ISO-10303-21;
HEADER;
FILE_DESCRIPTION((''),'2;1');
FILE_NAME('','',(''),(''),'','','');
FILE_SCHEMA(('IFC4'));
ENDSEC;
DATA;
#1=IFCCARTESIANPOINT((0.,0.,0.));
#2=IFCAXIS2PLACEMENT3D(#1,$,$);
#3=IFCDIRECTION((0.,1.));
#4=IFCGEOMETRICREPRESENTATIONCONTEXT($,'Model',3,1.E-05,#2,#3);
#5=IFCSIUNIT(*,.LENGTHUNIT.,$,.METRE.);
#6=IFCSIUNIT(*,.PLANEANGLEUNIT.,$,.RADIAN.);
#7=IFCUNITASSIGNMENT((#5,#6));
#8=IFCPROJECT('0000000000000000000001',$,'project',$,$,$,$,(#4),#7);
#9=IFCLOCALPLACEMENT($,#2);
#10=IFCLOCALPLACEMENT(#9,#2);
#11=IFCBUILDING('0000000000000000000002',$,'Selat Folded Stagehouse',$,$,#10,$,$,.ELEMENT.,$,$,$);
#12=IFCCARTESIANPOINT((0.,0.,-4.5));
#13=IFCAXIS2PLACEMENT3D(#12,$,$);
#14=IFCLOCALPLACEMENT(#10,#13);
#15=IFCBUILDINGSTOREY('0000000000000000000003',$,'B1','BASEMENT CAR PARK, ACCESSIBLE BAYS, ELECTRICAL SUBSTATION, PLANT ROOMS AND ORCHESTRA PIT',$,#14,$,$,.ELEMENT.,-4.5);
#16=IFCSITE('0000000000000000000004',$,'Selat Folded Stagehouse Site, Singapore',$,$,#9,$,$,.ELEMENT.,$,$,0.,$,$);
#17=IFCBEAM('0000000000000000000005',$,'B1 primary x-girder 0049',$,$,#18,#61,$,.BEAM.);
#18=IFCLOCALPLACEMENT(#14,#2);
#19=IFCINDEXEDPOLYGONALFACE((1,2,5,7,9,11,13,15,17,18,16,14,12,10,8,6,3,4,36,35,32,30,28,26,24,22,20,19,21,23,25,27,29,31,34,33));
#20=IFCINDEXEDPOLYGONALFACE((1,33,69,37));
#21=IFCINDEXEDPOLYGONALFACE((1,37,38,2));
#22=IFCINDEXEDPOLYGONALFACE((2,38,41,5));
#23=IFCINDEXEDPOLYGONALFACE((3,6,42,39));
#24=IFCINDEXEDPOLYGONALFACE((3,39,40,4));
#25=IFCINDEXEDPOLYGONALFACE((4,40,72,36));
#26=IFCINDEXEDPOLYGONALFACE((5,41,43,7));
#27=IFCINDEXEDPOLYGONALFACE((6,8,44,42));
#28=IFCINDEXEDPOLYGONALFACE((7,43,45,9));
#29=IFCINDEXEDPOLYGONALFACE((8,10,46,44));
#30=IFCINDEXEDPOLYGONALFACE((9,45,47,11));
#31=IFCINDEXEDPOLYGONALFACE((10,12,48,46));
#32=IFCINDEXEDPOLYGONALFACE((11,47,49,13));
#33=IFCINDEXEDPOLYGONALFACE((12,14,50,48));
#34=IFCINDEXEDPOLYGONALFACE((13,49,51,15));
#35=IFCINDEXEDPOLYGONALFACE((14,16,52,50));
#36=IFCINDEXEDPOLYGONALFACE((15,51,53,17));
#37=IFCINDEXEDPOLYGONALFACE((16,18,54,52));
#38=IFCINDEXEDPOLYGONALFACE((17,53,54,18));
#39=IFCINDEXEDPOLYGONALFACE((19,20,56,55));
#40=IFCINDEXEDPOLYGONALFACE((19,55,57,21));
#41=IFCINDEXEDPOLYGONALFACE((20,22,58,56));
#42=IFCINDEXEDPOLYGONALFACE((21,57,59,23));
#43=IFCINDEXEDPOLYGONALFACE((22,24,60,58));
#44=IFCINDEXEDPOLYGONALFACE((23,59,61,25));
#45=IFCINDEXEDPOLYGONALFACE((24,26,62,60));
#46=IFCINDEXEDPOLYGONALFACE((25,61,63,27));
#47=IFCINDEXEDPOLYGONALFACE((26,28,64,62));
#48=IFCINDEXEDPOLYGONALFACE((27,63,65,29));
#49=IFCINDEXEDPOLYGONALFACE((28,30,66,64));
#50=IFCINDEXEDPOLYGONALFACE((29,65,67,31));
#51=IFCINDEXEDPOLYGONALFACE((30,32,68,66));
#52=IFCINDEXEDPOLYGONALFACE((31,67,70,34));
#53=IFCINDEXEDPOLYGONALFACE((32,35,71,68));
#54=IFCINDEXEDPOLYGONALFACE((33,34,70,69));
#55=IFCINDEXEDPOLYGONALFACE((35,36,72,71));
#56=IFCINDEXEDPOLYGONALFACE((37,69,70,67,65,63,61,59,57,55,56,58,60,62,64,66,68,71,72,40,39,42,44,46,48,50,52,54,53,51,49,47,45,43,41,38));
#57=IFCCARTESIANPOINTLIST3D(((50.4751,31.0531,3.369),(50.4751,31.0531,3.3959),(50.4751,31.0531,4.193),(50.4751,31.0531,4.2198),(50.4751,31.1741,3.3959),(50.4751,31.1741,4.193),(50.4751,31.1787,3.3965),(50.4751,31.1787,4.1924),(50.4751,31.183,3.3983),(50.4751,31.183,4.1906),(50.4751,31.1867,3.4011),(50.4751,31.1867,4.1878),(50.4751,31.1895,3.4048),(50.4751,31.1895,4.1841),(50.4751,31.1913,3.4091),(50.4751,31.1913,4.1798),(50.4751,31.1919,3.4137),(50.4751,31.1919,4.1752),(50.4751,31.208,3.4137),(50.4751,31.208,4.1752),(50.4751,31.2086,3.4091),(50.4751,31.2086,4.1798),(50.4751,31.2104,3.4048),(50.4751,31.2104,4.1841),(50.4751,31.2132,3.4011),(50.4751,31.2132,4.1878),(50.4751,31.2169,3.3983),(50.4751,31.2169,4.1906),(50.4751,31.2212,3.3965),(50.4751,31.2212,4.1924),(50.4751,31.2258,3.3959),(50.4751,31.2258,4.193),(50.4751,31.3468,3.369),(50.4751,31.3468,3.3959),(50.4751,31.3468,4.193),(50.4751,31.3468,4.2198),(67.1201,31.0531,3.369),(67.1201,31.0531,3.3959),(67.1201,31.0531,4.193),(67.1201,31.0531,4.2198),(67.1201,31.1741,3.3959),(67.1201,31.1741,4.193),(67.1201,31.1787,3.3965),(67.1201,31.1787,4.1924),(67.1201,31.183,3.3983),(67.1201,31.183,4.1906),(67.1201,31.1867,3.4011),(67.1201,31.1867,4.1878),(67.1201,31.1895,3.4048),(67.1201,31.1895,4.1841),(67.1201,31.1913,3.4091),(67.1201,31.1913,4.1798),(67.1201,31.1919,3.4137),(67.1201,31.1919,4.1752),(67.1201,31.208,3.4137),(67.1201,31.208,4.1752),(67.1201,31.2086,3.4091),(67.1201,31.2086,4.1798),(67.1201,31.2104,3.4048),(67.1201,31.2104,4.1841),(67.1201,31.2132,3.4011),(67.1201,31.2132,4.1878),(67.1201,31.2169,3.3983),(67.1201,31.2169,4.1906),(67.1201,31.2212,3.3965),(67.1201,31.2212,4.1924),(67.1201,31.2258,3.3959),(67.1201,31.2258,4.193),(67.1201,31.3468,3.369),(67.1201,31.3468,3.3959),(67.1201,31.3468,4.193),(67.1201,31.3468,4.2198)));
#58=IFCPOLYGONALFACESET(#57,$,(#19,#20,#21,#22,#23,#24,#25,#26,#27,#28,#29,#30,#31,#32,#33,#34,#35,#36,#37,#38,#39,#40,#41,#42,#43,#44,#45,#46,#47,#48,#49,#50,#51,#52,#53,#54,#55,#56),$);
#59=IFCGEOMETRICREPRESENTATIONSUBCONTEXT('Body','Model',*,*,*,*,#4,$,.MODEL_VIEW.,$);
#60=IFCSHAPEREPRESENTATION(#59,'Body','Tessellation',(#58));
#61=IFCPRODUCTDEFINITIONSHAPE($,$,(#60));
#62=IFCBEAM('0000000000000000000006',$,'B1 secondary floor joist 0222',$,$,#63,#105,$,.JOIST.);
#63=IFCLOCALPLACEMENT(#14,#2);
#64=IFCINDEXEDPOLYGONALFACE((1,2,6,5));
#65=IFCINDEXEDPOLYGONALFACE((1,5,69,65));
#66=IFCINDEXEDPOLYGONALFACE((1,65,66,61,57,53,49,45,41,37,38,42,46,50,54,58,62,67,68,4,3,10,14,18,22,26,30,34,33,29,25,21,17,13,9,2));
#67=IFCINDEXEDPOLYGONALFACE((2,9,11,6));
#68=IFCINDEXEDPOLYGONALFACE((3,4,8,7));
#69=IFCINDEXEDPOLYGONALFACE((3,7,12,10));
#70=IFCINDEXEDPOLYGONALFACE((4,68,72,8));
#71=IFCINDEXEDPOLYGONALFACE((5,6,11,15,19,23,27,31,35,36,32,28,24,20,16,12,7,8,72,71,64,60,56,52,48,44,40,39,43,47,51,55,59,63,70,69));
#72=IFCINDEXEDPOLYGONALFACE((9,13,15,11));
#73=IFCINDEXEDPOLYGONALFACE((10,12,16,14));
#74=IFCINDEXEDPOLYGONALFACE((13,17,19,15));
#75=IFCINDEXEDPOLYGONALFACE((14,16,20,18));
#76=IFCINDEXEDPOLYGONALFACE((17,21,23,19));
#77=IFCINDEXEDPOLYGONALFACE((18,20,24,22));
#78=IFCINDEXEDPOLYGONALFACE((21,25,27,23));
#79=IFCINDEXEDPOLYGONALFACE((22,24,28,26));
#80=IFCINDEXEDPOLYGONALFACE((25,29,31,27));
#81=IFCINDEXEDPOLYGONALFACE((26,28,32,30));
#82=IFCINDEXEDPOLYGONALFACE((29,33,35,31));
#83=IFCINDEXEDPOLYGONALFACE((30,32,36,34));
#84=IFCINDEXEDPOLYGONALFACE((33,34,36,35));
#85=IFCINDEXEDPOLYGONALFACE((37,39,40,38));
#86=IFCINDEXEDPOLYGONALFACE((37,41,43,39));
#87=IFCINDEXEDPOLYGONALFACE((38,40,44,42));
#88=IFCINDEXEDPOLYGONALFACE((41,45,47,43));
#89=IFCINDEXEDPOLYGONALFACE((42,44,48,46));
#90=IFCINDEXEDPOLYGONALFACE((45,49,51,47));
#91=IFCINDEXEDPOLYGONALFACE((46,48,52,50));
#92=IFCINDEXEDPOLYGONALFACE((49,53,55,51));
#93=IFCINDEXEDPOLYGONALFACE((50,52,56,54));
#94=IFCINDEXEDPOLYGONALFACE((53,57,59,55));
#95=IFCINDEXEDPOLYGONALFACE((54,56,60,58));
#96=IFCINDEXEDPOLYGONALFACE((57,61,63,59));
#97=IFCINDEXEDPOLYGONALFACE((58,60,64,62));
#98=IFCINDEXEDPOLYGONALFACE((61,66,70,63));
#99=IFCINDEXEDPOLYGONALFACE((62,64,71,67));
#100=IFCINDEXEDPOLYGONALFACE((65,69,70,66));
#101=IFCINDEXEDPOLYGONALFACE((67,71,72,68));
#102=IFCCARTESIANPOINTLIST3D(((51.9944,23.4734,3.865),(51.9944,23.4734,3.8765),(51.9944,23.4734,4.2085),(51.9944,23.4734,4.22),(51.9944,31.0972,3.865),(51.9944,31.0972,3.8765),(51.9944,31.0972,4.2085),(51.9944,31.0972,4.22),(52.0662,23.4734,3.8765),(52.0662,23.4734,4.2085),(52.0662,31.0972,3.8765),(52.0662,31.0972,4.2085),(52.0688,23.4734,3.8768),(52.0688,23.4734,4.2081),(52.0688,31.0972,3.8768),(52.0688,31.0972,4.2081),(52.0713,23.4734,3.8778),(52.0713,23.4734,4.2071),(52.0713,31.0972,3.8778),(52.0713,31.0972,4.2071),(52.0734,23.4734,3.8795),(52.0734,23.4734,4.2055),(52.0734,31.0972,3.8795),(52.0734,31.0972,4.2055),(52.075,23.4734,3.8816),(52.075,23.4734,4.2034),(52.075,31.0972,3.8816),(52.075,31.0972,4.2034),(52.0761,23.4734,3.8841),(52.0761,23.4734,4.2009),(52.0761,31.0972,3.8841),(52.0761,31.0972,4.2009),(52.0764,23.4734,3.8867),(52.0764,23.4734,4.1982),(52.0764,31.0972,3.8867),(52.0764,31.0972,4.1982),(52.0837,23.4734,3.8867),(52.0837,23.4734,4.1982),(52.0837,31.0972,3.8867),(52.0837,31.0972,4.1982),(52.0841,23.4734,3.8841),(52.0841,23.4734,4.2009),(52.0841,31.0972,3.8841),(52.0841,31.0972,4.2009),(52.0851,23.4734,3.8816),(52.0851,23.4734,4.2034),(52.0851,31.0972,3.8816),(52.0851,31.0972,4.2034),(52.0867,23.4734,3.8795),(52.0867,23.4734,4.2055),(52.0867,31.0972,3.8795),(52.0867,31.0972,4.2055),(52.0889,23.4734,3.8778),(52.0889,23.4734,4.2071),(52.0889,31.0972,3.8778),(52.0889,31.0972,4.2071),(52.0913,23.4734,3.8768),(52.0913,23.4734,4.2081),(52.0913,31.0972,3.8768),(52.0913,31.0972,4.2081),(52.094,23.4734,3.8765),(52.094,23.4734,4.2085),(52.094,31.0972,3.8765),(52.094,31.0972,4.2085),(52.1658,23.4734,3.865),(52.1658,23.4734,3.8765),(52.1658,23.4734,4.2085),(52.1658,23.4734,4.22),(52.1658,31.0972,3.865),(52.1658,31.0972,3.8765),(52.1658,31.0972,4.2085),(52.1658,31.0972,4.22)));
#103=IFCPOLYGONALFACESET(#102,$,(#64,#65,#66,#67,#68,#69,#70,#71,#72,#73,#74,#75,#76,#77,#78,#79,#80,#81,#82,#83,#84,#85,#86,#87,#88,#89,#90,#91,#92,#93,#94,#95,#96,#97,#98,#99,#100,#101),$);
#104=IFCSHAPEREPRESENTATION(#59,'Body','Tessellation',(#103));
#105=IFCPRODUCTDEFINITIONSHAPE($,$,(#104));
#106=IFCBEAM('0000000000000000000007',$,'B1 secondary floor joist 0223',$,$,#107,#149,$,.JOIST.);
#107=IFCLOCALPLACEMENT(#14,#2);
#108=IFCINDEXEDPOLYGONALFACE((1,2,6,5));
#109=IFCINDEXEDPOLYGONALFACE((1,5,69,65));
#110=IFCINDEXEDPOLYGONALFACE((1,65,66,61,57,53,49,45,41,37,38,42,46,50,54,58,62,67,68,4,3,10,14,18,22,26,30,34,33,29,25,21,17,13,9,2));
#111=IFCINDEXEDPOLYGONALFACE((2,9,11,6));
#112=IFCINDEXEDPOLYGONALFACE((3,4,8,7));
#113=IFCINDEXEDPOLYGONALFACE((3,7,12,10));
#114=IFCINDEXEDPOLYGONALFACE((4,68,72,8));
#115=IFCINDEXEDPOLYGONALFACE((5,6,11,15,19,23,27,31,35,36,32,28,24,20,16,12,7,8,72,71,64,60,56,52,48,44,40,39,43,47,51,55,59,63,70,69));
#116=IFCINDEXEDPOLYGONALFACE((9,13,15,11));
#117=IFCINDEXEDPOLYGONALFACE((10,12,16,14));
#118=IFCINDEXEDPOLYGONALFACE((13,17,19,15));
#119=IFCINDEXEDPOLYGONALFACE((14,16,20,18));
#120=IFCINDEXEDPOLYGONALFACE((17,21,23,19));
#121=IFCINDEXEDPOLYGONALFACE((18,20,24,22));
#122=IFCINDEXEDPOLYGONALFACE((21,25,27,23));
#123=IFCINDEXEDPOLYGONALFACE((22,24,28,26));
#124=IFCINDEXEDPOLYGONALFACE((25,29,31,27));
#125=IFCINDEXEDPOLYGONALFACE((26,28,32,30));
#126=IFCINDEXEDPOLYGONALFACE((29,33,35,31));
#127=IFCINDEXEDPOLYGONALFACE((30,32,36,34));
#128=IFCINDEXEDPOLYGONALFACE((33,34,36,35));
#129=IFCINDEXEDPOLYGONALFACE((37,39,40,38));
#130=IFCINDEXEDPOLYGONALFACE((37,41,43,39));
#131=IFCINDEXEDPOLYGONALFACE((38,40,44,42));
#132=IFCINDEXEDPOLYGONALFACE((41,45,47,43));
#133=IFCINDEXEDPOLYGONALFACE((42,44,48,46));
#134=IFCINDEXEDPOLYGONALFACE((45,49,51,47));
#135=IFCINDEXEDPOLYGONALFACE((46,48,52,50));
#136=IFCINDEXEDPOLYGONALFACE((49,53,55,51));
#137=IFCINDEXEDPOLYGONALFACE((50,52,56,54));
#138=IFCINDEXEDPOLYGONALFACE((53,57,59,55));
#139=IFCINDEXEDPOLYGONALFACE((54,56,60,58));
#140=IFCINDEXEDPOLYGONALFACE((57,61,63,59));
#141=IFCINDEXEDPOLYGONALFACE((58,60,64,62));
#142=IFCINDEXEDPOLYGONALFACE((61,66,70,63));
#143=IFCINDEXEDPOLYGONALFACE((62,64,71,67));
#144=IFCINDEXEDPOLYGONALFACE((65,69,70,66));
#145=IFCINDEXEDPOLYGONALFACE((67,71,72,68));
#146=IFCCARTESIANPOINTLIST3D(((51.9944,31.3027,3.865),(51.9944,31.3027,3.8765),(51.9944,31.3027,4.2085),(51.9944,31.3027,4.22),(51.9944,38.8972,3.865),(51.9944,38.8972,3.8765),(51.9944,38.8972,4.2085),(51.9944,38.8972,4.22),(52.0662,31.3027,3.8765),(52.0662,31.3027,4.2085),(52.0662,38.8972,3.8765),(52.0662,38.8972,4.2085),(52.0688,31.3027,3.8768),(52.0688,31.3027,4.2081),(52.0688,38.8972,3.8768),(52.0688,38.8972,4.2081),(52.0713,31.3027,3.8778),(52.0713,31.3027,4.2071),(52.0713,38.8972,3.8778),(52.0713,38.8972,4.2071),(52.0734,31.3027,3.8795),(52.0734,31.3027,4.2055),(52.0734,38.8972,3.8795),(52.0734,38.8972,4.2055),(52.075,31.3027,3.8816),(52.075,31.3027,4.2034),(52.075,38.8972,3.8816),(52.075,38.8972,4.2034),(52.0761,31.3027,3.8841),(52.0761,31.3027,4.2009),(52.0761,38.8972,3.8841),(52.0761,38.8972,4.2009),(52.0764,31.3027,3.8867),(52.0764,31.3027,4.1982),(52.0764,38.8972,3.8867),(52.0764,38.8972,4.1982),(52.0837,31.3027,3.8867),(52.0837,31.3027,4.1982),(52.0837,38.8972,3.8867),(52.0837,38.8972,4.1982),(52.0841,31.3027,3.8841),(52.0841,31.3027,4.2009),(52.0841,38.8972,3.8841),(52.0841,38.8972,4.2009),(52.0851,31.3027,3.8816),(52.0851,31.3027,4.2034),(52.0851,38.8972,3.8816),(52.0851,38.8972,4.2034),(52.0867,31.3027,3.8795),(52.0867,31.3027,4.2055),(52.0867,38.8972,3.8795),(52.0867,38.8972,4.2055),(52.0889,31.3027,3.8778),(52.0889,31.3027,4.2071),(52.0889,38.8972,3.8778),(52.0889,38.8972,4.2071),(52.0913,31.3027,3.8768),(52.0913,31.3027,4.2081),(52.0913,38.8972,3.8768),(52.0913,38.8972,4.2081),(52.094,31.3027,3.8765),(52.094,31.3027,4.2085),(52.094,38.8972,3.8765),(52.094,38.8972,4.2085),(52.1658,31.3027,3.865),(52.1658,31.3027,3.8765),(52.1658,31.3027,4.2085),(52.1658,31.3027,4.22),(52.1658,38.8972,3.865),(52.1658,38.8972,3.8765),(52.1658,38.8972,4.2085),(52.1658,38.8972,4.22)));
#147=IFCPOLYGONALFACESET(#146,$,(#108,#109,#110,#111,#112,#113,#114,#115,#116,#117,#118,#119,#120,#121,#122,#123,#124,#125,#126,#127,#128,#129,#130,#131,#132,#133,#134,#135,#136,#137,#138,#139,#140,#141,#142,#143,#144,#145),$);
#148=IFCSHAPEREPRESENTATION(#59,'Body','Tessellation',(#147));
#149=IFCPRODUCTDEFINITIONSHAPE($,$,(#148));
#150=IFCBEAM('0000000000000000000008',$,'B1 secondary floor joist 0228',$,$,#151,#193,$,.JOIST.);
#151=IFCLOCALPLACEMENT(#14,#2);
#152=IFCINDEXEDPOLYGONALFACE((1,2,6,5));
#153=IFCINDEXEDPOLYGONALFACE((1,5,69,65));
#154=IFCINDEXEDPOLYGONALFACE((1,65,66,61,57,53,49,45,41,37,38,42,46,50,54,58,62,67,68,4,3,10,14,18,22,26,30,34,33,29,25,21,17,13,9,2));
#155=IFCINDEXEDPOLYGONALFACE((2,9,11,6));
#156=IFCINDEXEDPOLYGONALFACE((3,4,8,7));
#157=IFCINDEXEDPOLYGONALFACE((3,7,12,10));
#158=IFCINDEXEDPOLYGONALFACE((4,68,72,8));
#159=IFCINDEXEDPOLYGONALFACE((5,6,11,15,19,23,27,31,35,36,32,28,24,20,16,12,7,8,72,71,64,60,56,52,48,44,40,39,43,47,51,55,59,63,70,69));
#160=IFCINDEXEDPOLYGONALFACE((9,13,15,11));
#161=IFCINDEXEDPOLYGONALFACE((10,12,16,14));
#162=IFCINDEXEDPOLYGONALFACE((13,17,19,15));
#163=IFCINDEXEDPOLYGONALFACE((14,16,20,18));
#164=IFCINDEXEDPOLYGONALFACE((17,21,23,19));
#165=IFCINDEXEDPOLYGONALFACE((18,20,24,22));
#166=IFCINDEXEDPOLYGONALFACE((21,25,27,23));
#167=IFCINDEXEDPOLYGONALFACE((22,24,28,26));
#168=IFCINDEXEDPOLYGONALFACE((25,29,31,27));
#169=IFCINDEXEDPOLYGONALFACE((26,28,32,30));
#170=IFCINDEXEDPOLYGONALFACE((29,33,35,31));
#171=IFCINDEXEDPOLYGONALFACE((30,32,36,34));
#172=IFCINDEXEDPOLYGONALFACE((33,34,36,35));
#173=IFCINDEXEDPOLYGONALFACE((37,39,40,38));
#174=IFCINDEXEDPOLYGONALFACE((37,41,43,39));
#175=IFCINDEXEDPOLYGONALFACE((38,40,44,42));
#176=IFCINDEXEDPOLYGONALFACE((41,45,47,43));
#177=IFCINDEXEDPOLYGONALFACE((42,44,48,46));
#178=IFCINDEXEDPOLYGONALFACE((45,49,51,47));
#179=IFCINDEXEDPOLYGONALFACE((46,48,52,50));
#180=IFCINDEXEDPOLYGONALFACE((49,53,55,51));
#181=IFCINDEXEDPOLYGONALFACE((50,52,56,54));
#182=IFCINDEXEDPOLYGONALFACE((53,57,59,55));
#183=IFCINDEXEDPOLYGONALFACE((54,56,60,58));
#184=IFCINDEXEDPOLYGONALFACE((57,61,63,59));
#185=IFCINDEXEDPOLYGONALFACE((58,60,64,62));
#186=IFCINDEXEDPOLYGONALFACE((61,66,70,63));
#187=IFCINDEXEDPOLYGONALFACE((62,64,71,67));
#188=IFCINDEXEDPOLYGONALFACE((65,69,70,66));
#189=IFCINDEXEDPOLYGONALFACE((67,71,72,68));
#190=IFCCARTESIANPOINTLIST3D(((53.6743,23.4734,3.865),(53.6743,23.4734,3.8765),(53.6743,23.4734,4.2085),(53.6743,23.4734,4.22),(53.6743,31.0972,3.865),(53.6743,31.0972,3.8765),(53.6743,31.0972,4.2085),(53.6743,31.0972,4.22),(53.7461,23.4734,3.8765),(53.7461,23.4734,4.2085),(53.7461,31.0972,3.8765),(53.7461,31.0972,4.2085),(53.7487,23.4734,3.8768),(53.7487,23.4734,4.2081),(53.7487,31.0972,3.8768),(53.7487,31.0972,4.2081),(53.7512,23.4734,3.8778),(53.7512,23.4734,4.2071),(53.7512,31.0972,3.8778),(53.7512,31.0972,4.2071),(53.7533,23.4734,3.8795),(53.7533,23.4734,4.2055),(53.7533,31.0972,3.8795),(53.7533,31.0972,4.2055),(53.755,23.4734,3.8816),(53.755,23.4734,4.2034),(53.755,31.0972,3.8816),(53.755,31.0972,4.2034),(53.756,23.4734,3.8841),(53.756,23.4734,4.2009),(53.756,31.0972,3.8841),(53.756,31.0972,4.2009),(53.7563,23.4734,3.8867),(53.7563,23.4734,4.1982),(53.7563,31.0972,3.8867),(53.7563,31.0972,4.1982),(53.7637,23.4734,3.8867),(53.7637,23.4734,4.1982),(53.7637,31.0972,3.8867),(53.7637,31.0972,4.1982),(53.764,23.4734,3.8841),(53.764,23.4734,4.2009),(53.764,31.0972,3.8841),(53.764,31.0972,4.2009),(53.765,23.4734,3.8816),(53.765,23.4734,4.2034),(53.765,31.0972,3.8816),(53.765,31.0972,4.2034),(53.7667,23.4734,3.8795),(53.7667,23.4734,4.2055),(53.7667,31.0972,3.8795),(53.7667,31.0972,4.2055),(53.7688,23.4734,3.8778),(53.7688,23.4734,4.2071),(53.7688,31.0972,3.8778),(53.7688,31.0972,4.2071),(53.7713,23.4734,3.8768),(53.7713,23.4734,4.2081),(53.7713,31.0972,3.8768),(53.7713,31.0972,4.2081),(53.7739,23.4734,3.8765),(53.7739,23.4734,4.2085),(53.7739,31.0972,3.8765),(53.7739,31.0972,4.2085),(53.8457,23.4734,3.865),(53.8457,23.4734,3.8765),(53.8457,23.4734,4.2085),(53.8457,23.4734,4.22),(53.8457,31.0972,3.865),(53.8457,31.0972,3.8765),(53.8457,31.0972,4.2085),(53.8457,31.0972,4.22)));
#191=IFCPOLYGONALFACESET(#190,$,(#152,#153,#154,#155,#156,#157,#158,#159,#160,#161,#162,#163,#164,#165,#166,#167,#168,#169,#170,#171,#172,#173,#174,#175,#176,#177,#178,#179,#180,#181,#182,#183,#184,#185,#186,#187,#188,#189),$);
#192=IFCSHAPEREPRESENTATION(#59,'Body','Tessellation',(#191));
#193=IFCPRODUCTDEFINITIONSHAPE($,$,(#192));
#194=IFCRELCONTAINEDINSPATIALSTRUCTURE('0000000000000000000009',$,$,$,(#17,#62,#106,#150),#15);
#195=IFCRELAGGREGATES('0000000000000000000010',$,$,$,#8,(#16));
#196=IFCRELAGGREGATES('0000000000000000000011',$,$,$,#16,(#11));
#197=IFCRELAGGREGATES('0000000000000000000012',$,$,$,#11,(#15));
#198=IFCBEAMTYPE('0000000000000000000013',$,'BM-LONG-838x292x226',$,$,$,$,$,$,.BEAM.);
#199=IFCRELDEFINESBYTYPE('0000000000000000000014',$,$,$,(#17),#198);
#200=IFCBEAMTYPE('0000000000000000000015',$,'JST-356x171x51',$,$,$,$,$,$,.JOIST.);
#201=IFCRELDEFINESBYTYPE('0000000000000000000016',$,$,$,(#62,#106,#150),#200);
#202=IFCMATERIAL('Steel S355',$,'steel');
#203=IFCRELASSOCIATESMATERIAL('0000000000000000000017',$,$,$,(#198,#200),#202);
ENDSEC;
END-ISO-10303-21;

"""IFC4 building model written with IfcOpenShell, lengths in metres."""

from ifc_helpers import new_model, si_unit, direction, frame, origin, origin_2d, place, context, subcontext, project, spatial, i_section, extrude, material, material_profile, profile_set, type_object, element, save


model = new_model("IFC4")

# Units and contexts
model_context = context("Model", 3, precision=1e-05, world=origin(), true_north=direction((0.0, 1.0)))
body_context = subcontext(model_context, "Body", "Model", "MODEL_VIEW")
ifc_project = project(units=[si_unit("LENGTHUNIT", "METRE"), si_unit("PLANEANGLEUNIT", "RADIAN")], contexts=[model_context])

# Site, building, storey
site_placement = place(None, origin())
site = spatial("IfcSite", under=ifc_project, at=site_placement, Name="Selat Folded Stagehouse Site, Singapore", CompositionType="ELEMENT", RefElevation=0.0)
building_placement = place(site_placement, origin())
building = spatial("IfcBuilding", under=site, at=building_placement, Name="Selat Folded Stagehouse", CompositionType="ELEMENT")
storey_placement = place(building_placement, frame((0.0, 0.0, -4.5)))
storey = spatial("IfcBuildingStorey", under=building, at=storey_placement, Name="B1", Description="BASEMENT CAR PARK, ACCESSIBLE BAYS, ELECTRICAL SUBSTATION, PLANT ROOMS AND ORCHESTRA PIT", CompositionType="ELEMENT", Elevation=-4.5)

# Shared definitions
ifc_material_1 = material(Name="Steel S355", Category="steel")

# Beams
ifc_material_profile_1 = material_profile(ifc_material_1, i_section(OverallWidth=0.2937, OverallDepth=0.8508, WebThickness=0.0161, FlangeThickness=0.0269, FilletRadius=0.0178, at=origin_2d()), Name="UKB 838x292x226")
ifc_profile_set_1 = profile_set([ifc_material_profile_1], Name="Steel S355")
beam_type_1 = type_object("IfcBeamType", Name="BM-LONG-838x292x226", PredefinedType="BEAM", material=ifc_profile_set_1)
beam_1_placement = place(storey_placement, frame((50.4751, 31.2, 3.7944), z_axis=(1.0, 0.0, 0.0), x_axis=(0.0, 1.0, 0.0)))
element("IfcBeam", 1, at=beam_1_placement, inside=storey, type_object=beam_type_1, Name="B1 primary x-girder 0049", PredefinedType="BEAM", context=body_context, shape_type="SweptSolid", body=[
    extrude(i_section(OverallWidth=0.2937, OverallDepth=0.8508, WebThickness=0.0161, FlangeThickness=0.0269, FilletRadius=0.0178, at=origin_2d()), origin(), (0.0, 0.0, 1.0), 16.645),
])
ifc_material_profile_2 = material_profile(ifc_material_1, i_section(OverallWidth=0.1714, OverallDepth=0.355, WebThickness=0.0073, FlangeThickness=0.0115, FilletRadius=0.0103, at=origin_2d()), Name="UKB 356x171x51")
ifc_profile_set_2 = profile_set([ifc_material_profile_2], Name="Steel S355")
beam_type_2 = type_object("IfcBeamType", Name="JST-356x171x51", PredefinedType="JOIST", material=ifc_profile_set_2)
beam_2_placement = place(storey_placement, frame((52.0801, 23.4734, 4.0425), z_axis=(0.0, 1.0, 0.0), x_axis=(-1.0, 0.0, 0.0)))
element("IfcBeam", 2, at=beam_2_placement, inside=storey, type_object=beam_type_2, Name="B1 secondary floor joist 0222", PredefinedType="JOIST", context=body_context, shape_type="SweptSolid", body=[
    extrude(i_section(OverallWidth=0.1714, OverallDepth=0.355, WebThickness=0.0073, FlangeThickness=0.0115, FilletRadius=0.0103, at=origin_2d()), origin(), (0.0, 0.0, 1.0), 7.6238),
])
beam_3_placement = place(storey_placement, frame((52.0801, 31.3027, 4.0425), z_axis=(0.0, 1.0, 0.0), x_axis=(-1.0, 0.0, 0.0)))
element("IfcBeam", 3, at=beam_3_placement, inside=storey, type_object=beam_type_2, Name="B1 secondary floor joist 0223", PredefinedType="JOIST", context=body_context, shape_type="SweptSolid", body=[
    extrude(i_section(OverallWidth=0.1714, OverallDepth=0.355, WebThickness=0.0073, FlangeThickness=0.0115, FilletRadius=0.0103, at=origin_2d()), origin(), (0.0, 0.0, 1.0), 7.5945),
])
beam_4_placement = place(storey_placement, frame((53.76, 23.4734, 4.0425), z_axis=(0.0, 1.0, 0.0), x_axis=(-1.0, 0.0, 0.0)))
element("IfcBeam", 4, at=beam_4_placement, inside=storey, type_object=beam_type_2, Name="B1 secondary floor joist 0228", PredefinedType="JOIST", context=body_context, shape_type="SweptSolid", body=[
    extrude(i_section(OverallWidth=0.1714, OverallDepth=0.355, WebThickness=0.0073, FlangeThickness=0.0115, FilletRadius=0.0103, at=origin_2d()), origin(), (0.0, 0.0, 1.0), 7.6238),
])

save(model, "model.ifc")
